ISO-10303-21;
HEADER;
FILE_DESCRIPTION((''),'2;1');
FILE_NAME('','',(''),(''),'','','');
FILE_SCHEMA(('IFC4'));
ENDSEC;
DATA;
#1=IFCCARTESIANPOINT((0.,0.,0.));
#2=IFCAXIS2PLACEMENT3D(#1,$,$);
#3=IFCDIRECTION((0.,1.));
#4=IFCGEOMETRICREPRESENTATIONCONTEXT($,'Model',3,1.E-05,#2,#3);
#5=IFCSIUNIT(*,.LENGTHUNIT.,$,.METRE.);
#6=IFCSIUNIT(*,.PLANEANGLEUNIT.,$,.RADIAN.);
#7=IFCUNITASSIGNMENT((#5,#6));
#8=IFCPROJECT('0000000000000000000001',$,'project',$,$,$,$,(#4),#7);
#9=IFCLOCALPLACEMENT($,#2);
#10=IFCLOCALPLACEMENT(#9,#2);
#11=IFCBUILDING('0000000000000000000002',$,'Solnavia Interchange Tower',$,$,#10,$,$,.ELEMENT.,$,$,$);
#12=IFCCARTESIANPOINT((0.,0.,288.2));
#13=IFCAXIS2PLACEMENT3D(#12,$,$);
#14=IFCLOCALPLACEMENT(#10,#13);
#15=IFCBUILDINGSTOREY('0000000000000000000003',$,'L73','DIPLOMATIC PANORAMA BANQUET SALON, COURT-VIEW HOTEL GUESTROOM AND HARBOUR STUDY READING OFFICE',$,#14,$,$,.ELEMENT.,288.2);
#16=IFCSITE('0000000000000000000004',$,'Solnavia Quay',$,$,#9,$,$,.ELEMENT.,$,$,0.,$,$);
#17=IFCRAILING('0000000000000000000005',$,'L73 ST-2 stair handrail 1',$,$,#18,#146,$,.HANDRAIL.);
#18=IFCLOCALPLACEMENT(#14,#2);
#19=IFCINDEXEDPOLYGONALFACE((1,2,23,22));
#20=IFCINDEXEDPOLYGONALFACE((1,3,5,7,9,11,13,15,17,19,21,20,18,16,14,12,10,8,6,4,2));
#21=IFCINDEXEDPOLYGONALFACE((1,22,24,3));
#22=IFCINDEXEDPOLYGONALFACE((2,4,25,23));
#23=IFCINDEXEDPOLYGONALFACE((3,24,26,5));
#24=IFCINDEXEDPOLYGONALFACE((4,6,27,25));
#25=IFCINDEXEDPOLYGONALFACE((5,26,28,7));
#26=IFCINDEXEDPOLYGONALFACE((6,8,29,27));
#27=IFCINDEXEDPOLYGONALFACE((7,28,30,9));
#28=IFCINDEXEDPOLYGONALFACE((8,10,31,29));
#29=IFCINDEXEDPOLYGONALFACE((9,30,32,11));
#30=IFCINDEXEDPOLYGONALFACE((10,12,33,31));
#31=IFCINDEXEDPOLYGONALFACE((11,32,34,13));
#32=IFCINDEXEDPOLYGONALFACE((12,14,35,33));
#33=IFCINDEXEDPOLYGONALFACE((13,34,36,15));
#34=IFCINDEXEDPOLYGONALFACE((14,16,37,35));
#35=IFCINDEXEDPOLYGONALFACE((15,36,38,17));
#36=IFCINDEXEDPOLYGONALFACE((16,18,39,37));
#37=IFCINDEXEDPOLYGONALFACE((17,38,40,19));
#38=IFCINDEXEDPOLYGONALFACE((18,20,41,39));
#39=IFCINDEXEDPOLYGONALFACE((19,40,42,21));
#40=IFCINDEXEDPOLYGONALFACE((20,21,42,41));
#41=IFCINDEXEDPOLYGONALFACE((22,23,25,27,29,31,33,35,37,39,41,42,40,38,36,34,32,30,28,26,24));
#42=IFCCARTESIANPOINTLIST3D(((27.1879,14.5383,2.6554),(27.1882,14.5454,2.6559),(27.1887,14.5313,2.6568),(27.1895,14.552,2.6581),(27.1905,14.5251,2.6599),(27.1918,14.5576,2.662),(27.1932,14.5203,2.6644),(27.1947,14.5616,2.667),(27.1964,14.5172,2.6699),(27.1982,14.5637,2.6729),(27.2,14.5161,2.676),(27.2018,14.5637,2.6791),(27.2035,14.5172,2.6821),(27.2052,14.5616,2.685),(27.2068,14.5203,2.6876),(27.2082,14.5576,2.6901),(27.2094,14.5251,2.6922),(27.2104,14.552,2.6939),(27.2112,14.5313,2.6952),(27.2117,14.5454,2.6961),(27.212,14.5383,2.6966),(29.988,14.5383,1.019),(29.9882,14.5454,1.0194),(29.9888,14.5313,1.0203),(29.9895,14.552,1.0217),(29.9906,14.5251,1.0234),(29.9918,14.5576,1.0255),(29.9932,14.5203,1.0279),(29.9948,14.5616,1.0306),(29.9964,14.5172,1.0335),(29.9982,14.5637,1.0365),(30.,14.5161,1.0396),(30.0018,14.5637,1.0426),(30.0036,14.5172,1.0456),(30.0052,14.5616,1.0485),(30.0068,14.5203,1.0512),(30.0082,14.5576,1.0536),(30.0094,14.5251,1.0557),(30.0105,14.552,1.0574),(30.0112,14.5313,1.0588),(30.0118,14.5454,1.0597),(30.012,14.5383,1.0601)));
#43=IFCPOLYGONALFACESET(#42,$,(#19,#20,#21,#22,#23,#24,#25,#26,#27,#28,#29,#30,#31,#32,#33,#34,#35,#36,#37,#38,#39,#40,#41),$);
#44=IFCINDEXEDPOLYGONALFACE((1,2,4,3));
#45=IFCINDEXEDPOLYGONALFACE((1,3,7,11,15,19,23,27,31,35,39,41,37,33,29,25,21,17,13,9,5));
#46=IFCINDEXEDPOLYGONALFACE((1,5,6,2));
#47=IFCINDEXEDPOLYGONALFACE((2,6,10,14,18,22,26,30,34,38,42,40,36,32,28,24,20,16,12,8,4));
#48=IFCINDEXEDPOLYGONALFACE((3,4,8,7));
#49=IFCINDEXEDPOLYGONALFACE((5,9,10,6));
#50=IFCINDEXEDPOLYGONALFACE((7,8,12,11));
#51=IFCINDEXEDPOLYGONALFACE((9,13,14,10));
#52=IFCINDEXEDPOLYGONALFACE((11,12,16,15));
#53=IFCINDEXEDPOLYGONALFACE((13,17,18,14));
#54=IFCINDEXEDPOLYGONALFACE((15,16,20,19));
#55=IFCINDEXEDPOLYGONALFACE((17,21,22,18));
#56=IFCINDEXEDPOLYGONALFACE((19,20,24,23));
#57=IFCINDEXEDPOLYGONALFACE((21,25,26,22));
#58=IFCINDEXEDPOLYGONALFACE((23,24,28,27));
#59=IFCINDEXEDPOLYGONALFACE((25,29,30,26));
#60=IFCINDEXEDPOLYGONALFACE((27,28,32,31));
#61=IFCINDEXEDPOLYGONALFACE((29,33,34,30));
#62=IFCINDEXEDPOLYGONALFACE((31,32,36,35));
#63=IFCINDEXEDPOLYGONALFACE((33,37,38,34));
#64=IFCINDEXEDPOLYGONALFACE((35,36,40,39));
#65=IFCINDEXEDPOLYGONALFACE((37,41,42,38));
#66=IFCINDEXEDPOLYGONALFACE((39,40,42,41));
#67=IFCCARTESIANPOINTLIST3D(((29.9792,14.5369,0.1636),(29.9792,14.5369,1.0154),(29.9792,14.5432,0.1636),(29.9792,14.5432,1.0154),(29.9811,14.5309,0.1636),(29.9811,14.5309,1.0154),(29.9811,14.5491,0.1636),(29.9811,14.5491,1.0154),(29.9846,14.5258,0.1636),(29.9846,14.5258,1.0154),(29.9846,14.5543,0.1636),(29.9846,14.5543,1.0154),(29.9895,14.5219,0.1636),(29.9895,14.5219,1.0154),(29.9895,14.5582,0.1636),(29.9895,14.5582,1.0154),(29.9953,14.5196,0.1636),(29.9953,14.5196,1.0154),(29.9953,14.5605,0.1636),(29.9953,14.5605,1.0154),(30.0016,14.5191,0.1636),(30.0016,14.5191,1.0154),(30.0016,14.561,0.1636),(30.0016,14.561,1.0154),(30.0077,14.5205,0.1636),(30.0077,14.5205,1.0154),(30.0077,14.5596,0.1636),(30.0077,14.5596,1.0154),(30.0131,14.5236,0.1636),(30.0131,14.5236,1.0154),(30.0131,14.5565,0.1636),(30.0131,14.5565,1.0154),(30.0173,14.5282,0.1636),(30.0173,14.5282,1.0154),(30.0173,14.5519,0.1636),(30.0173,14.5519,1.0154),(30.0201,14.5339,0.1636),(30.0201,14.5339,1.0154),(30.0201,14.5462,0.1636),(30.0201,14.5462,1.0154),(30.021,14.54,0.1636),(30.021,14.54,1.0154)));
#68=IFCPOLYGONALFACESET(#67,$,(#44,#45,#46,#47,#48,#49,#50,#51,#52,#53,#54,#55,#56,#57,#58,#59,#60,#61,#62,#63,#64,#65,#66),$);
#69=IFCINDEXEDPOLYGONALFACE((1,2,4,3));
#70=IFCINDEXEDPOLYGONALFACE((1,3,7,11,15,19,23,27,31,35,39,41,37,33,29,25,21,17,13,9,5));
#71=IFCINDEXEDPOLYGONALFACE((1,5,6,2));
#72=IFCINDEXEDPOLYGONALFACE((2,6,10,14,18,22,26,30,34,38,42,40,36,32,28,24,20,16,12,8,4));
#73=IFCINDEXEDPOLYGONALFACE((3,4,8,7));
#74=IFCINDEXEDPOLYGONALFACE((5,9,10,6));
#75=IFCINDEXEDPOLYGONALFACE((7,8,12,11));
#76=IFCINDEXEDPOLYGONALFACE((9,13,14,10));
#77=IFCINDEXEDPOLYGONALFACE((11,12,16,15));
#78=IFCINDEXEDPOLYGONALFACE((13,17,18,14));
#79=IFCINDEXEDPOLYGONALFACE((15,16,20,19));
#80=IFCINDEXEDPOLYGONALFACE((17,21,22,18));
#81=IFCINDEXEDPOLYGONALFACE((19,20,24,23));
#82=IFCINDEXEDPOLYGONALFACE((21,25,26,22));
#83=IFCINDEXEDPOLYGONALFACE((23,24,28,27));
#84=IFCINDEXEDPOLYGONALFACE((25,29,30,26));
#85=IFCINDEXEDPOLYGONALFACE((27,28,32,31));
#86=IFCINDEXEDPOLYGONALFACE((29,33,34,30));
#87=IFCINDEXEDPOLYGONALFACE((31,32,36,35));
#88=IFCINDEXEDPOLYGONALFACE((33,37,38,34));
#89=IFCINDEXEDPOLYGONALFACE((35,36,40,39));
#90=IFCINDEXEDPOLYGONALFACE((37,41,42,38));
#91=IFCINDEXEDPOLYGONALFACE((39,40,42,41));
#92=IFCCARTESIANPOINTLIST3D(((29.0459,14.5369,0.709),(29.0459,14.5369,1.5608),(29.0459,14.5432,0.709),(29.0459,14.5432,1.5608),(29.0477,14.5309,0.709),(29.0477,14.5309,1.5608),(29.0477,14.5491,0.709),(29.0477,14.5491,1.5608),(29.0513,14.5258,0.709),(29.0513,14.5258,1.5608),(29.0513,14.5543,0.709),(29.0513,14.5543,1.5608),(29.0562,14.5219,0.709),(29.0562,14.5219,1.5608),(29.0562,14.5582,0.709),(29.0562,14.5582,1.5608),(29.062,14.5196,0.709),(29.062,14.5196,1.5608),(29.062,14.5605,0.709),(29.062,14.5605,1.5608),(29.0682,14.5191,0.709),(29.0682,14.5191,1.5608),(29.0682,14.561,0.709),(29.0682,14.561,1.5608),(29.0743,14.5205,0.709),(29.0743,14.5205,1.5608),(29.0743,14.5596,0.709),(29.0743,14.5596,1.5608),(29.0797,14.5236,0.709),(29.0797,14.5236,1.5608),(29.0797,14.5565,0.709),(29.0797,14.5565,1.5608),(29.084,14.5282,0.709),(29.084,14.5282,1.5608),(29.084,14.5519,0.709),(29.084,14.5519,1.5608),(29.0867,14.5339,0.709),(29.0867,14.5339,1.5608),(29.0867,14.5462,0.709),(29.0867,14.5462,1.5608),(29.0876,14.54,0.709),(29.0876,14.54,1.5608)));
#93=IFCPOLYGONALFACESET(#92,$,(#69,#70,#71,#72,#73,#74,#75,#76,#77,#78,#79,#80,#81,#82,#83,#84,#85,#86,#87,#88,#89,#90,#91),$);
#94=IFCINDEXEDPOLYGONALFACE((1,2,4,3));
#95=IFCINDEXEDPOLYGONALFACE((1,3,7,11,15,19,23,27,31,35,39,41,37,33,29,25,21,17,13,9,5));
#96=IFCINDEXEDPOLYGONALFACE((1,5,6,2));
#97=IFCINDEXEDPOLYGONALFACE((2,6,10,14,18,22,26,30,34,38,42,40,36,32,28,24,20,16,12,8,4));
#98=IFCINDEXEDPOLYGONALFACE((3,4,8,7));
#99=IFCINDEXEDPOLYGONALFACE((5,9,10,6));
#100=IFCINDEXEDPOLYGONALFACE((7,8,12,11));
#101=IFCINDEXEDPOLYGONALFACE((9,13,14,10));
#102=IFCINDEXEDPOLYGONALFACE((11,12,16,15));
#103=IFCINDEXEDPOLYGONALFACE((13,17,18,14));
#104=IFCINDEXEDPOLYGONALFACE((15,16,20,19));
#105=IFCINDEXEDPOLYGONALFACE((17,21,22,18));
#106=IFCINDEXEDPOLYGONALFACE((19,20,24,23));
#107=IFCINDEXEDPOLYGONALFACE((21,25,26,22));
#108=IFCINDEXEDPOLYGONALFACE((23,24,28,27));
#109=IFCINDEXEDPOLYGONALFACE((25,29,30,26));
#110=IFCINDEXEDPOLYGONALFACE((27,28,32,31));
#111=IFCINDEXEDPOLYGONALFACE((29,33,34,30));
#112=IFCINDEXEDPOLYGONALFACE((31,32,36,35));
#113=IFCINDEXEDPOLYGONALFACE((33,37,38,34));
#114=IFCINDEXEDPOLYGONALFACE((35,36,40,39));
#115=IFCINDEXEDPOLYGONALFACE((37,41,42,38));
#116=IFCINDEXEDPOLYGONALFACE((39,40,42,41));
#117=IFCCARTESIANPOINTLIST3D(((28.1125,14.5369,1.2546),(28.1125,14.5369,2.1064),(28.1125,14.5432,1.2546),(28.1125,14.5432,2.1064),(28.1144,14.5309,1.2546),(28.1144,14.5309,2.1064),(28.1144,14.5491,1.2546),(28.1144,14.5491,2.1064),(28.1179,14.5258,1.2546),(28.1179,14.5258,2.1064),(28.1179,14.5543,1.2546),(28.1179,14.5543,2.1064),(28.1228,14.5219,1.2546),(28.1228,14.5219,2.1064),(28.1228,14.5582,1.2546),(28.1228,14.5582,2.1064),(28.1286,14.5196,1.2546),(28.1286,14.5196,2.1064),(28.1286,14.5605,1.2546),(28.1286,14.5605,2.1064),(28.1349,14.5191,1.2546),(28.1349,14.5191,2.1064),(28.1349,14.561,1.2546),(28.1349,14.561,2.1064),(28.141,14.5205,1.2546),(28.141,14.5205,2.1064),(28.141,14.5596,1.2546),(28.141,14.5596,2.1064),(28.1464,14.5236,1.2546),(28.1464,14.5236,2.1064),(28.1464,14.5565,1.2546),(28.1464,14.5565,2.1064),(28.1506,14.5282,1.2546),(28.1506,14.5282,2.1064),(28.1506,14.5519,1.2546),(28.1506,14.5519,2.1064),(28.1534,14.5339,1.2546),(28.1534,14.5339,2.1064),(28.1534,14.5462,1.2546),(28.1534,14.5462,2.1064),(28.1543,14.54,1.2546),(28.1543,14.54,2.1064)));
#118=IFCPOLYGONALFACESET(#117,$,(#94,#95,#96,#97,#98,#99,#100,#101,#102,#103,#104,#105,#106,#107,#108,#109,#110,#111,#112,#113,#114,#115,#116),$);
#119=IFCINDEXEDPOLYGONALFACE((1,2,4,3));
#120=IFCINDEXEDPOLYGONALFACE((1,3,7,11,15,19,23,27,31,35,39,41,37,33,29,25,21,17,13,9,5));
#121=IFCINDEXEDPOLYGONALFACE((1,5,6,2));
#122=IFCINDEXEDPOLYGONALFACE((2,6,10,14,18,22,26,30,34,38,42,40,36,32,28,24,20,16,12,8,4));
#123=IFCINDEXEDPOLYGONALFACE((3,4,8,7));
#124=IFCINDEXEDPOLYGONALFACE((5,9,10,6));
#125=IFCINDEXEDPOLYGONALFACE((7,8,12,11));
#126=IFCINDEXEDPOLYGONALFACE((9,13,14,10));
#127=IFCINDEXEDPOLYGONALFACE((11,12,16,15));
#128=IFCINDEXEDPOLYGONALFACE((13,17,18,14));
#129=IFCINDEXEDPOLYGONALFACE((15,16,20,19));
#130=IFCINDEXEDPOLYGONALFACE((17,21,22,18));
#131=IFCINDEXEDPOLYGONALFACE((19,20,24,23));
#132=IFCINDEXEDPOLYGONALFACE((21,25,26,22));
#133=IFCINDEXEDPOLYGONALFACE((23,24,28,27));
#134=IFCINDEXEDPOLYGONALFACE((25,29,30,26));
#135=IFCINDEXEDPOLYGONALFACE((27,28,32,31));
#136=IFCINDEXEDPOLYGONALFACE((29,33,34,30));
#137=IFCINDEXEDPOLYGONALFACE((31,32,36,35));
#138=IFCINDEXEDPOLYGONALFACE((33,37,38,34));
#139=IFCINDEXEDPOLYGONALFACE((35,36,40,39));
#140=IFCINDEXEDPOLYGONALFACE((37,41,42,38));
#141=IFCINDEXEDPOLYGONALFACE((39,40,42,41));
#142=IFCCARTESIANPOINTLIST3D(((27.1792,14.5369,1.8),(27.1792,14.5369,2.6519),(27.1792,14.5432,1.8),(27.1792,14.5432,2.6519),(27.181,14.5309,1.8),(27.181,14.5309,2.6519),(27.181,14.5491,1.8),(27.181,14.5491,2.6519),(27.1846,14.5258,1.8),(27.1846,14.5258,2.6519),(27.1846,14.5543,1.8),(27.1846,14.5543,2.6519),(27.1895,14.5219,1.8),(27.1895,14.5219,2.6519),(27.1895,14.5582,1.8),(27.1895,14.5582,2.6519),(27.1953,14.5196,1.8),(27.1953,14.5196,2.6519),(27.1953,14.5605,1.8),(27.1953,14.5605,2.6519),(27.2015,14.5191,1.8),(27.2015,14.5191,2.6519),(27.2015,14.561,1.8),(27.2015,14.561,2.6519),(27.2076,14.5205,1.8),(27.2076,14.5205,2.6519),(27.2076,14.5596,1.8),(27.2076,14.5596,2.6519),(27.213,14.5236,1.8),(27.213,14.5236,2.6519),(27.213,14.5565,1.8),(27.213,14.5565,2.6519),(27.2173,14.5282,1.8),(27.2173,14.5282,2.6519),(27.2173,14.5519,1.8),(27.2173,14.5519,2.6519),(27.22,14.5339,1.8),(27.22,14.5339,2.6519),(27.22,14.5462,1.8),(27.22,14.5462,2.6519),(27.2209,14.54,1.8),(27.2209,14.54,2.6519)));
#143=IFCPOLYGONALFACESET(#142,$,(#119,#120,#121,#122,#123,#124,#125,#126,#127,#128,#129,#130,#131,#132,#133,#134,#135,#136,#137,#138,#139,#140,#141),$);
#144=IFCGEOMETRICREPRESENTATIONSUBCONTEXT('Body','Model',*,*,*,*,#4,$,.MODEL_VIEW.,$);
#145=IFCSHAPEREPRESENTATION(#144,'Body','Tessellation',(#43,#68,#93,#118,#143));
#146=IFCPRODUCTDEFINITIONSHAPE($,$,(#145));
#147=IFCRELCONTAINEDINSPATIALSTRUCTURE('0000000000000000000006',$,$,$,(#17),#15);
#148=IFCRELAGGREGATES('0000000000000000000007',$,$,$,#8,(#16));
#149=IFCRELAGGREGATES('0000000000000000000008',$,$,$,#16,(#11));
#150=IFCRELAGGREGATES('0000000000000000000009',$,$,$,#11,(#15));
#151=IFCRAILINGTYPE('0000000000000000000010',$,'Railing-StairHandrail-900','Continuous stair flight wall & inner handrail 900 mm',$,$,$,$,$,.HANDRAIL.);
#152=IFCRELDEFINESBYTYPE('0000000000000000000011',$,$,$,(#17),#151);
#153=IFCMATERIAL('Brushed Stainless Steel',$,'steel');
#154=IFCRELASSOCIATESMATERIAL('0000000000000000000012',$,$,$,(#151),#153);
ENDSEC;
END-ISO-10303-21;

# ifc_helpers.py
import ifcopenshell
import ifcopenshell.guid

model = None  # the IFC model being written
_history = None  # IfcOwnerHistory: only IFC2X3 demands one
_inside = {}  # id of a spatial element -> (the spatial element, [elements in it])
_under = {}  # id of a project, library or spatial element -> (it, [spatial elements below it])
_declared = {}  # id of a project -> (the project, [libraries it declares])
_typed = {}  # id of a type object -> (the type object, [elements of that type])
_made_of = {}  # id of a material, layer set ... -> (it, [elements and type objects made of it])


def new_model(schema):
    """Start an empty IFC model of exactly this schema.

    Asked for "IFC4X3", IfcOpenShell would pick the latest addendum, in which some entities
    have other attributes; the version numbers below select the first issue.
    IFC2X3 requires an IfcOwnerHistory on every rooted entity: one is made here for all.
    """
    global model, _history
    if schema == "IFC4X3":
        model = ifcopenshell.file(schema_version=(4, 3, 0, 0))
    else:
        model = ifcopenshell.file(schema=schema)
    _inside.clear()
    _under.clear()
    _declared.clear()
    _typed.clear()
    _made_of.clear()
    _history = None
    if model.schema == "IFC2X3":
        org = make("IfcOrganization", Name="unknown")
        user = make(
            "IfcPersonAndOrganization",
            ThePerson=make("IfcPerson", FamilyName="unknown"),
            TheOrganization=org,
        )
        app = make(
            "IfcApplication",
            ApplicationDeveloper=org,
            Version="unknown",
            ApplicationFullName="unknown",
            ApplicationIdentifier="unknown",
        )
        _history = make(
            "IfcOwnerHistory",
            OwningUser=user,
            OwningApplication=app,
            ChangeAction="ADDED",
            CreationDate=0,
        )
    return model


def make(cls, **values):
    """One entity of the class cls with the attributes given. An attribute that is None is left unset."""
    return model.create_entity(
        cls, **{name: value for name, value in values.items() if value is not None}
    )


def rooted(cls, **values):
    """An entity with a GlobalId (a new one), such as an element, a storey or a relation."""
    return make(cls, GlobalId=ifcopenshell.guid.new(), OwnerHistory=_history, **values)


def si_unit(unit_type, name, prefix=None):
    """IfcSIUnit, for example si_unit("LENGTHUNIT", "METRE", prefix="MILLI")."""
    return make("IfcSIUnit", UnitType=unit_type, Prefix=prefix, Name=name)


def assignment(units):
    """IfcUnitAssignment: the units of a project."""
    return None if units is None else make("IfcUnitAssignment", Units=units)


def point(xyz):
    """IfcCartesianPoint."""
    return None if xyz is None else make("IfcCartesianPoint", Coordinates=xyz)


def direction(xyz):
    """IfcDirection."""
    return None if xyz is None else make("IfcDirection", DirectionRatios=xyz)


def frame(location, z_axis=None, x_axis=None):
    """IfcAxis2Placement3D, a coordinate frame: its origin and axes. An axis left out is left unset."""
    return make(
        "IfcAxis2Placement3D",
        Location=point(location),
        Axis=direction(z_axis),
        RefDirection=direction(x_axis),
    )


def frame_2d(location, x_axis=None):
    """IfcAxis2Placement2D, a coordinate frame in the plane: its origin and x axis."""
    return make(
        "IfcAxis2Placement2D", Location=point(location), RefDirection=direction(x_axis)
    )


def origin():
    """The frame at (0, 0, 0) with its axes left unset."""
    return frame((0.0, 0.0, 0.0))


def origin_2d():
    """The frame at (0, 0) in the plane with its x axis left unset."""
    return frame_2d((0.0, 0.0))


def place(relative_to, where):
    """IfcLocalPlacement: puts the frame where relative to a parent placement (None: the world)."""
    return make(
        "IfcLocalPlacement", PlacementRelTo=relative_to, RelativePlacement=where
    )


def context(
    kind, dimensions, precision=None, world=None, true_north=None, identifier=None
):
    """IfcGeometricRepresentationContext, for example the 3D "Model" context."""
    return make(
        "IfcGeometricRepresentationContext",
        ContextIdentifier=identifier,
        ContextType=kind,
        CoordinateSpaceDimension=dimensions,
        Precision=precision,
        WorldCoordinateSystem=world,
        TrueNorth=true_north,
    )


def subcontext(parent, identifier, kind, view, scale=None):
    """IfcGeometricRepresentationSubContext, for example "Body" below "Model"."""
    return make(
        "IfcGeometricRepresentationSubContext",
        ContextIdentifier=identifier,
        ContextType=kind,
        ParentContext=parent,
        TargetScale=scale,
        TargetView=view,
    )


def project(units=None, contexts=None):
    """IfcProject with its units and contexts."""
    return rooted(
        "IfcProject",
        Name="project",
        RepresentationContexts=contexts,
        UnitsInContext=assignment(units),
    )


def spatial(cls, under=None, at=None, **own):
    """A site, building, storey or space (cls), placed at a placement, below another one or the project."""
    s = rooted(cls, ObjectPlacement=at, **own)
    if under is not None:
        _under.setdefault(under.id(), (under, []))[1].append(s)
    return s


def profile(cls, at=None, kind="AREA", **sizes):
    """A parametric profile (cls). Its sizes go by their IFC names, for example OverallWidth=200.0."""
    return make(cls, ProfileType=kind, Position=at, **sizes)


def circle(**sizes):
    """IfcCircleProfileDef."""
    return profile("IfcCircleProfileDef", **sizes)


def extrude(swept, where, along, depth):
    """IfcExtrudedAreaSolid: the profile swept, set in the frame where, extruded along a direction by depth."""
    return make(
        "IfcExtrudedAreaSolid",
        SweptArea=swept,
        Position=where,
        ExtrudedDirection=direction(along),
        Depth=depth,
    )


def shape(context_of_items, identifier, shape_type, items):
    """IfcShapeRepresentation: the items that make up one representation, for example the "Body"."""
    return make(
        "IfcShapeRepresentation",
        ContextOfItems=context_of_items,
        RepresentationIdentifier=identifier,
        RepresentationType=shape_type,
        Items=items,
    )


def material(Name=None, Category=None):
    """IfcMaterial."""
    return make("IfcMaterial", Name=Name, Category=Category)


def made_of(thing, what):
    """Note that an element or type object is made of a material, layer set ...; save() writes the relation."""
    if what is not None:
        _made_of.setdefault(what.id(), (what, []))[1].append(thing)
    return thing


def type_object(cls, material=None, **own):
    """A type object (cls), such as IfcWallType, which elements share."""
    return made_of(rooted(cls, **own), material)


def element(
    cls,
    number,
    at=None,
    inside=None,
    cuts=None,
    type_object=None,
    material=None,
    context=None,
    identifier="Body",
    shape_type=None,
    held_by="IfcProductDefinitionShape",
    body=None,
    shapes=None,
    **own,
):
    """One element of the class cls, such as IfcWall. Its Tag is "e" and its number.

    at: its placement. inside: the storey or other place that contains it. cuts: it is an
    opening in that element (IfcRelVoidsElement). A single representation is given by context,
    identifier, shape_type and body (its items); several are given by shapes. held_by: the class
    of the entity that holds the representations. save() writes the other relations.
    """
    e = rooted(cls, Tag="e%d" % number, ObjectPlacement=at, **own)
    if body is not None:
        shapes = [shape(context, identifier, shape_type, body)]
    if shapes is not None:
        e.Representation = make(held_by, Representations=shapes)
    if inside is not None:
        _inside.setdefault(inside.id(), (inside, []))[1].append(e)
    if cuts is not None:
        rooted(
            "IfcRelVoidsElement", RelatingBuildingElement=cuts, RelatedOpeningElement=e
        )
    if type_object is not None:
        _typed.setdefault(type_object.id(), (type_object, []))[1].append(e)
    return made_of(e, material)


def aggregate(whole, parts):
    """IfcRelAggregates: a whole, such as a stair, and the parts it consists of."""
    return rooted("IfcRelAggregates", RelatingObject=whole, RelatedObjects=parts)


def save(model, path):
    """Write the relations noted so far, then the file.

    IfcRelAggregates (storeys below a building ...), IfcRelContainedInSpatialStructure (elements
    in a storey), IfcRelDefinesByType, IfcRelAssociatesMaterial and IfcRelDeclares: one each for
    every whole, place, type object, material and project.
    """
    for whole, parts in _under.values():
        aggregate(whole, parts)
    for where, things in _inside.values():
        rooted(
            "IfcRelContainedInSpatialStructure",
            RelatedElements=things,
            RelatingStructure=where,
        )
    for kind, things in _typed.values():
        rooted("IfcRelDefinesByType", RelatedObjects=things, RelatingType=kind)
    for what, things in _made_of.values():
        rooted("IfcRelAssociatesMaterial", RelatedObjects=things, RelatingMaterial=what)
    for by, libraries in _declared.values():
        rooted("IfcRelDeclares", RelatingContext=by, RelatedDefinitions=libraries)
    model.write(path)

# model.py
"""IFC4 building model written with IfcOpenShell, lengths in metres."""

from ifc_helpers import new_model, si_unit, direction, frame, origin, origin_2d, place, context, subcontext, project, spatial, circle, extrude, material, type_object, element, save


model = new_model("IFC4")

# Units and contexts
model_context = context("Model", 3, precision=1e-05, world=origin(), true_north=direction((0.0, 1.0)))
body_context = subcontext(model_context, "Body", "Model", "MODEL_VIEW")
ifc_project = project(units=[si_unit("LENGTHUNIT", "METRE"), si_unit("PLANEANGLEUNIT", "RADIAN")], contexts=[model_context])

# Site, building, storey
site_placement = place(None, origin())
site = spatial("IfcSite", under=ifc_project, at=site_placement, Name="Solnavia Quay", CompositionType="ELEMENT", RefElevation=0.0)
building_placement = place(site_placement, origin())
building = spatial("IfcBuilding", under=site, at=building_placement, Name="Solnavia Interchange Tower", CompositionType="ELEMENT")
storey_placement = place(building_placement, frame((0.0, 0.0, 288.2)))
storey = spatial("IfcBuildingStorey", under=building, at=storey_placement, Name="L73", Description="DIPLOMATIC PANORAMA BANQUET SALON, COURT-VIEW HOTEL GUESTROOM AND HARBOUR STUDY READING OFFICE", CompositionType="ELEMENT", Elevation=288.2)

# Railing
ifc_material_1 = material(Name="Brushed Stainless Steel", Category="steel")
railing_type = type_object("IfcRailingType", Name="Railing-StairHandrail-900", Description="Continuous stair flight wall & inner handrail 900 mm", PredefinedType="HANDRAIL", material=ifc_material_1)
railing_placement = place(storey_placement, frame((30.0, 14.54, 0.1636)))
element("IfcRailing", 1, at=railing_placement, inside=storey, type_object=railing_type, Name="L73 ST-2 stair handrail 1", PredefinedType="HANDRAIL", context=body_context, shape_type="SweptSolid", body=[
    extrude(circle(Radius=0.0239, at=origin_2d()), frame((0.0, 0.0, 0.876), z_axis=(-0.863361, 0.0, 0.504587), x_axis=(0.0, -1.0, 0.0)), (0.0, 0.0, 1.0), 3.2432),
    extrude(circle(Radius=0.021, at=origin_2d()), origin(), (0.0, 0.0, 1.0), 0.8518),
    extrude(circle(Radius=0.021, at=origin_2d()), frame((-0.9333, 0.0, 0.5454)), (0.0, 0.0, 1.0), 0.8518),
    extrude(circle(Radius=0.021, at=origin_2d()), frame((-1.8667, 0.0, 1.0911)), (0.0, 0.0, 1.0), 0.8518),
    extrude(circle(Radius=0.021, at=origin_2d()), frame((-2.8, 0.0, 1.6365)), (0.0, 0.0, 1.0), 0.8518),
])

save(model, "model.ifc")
